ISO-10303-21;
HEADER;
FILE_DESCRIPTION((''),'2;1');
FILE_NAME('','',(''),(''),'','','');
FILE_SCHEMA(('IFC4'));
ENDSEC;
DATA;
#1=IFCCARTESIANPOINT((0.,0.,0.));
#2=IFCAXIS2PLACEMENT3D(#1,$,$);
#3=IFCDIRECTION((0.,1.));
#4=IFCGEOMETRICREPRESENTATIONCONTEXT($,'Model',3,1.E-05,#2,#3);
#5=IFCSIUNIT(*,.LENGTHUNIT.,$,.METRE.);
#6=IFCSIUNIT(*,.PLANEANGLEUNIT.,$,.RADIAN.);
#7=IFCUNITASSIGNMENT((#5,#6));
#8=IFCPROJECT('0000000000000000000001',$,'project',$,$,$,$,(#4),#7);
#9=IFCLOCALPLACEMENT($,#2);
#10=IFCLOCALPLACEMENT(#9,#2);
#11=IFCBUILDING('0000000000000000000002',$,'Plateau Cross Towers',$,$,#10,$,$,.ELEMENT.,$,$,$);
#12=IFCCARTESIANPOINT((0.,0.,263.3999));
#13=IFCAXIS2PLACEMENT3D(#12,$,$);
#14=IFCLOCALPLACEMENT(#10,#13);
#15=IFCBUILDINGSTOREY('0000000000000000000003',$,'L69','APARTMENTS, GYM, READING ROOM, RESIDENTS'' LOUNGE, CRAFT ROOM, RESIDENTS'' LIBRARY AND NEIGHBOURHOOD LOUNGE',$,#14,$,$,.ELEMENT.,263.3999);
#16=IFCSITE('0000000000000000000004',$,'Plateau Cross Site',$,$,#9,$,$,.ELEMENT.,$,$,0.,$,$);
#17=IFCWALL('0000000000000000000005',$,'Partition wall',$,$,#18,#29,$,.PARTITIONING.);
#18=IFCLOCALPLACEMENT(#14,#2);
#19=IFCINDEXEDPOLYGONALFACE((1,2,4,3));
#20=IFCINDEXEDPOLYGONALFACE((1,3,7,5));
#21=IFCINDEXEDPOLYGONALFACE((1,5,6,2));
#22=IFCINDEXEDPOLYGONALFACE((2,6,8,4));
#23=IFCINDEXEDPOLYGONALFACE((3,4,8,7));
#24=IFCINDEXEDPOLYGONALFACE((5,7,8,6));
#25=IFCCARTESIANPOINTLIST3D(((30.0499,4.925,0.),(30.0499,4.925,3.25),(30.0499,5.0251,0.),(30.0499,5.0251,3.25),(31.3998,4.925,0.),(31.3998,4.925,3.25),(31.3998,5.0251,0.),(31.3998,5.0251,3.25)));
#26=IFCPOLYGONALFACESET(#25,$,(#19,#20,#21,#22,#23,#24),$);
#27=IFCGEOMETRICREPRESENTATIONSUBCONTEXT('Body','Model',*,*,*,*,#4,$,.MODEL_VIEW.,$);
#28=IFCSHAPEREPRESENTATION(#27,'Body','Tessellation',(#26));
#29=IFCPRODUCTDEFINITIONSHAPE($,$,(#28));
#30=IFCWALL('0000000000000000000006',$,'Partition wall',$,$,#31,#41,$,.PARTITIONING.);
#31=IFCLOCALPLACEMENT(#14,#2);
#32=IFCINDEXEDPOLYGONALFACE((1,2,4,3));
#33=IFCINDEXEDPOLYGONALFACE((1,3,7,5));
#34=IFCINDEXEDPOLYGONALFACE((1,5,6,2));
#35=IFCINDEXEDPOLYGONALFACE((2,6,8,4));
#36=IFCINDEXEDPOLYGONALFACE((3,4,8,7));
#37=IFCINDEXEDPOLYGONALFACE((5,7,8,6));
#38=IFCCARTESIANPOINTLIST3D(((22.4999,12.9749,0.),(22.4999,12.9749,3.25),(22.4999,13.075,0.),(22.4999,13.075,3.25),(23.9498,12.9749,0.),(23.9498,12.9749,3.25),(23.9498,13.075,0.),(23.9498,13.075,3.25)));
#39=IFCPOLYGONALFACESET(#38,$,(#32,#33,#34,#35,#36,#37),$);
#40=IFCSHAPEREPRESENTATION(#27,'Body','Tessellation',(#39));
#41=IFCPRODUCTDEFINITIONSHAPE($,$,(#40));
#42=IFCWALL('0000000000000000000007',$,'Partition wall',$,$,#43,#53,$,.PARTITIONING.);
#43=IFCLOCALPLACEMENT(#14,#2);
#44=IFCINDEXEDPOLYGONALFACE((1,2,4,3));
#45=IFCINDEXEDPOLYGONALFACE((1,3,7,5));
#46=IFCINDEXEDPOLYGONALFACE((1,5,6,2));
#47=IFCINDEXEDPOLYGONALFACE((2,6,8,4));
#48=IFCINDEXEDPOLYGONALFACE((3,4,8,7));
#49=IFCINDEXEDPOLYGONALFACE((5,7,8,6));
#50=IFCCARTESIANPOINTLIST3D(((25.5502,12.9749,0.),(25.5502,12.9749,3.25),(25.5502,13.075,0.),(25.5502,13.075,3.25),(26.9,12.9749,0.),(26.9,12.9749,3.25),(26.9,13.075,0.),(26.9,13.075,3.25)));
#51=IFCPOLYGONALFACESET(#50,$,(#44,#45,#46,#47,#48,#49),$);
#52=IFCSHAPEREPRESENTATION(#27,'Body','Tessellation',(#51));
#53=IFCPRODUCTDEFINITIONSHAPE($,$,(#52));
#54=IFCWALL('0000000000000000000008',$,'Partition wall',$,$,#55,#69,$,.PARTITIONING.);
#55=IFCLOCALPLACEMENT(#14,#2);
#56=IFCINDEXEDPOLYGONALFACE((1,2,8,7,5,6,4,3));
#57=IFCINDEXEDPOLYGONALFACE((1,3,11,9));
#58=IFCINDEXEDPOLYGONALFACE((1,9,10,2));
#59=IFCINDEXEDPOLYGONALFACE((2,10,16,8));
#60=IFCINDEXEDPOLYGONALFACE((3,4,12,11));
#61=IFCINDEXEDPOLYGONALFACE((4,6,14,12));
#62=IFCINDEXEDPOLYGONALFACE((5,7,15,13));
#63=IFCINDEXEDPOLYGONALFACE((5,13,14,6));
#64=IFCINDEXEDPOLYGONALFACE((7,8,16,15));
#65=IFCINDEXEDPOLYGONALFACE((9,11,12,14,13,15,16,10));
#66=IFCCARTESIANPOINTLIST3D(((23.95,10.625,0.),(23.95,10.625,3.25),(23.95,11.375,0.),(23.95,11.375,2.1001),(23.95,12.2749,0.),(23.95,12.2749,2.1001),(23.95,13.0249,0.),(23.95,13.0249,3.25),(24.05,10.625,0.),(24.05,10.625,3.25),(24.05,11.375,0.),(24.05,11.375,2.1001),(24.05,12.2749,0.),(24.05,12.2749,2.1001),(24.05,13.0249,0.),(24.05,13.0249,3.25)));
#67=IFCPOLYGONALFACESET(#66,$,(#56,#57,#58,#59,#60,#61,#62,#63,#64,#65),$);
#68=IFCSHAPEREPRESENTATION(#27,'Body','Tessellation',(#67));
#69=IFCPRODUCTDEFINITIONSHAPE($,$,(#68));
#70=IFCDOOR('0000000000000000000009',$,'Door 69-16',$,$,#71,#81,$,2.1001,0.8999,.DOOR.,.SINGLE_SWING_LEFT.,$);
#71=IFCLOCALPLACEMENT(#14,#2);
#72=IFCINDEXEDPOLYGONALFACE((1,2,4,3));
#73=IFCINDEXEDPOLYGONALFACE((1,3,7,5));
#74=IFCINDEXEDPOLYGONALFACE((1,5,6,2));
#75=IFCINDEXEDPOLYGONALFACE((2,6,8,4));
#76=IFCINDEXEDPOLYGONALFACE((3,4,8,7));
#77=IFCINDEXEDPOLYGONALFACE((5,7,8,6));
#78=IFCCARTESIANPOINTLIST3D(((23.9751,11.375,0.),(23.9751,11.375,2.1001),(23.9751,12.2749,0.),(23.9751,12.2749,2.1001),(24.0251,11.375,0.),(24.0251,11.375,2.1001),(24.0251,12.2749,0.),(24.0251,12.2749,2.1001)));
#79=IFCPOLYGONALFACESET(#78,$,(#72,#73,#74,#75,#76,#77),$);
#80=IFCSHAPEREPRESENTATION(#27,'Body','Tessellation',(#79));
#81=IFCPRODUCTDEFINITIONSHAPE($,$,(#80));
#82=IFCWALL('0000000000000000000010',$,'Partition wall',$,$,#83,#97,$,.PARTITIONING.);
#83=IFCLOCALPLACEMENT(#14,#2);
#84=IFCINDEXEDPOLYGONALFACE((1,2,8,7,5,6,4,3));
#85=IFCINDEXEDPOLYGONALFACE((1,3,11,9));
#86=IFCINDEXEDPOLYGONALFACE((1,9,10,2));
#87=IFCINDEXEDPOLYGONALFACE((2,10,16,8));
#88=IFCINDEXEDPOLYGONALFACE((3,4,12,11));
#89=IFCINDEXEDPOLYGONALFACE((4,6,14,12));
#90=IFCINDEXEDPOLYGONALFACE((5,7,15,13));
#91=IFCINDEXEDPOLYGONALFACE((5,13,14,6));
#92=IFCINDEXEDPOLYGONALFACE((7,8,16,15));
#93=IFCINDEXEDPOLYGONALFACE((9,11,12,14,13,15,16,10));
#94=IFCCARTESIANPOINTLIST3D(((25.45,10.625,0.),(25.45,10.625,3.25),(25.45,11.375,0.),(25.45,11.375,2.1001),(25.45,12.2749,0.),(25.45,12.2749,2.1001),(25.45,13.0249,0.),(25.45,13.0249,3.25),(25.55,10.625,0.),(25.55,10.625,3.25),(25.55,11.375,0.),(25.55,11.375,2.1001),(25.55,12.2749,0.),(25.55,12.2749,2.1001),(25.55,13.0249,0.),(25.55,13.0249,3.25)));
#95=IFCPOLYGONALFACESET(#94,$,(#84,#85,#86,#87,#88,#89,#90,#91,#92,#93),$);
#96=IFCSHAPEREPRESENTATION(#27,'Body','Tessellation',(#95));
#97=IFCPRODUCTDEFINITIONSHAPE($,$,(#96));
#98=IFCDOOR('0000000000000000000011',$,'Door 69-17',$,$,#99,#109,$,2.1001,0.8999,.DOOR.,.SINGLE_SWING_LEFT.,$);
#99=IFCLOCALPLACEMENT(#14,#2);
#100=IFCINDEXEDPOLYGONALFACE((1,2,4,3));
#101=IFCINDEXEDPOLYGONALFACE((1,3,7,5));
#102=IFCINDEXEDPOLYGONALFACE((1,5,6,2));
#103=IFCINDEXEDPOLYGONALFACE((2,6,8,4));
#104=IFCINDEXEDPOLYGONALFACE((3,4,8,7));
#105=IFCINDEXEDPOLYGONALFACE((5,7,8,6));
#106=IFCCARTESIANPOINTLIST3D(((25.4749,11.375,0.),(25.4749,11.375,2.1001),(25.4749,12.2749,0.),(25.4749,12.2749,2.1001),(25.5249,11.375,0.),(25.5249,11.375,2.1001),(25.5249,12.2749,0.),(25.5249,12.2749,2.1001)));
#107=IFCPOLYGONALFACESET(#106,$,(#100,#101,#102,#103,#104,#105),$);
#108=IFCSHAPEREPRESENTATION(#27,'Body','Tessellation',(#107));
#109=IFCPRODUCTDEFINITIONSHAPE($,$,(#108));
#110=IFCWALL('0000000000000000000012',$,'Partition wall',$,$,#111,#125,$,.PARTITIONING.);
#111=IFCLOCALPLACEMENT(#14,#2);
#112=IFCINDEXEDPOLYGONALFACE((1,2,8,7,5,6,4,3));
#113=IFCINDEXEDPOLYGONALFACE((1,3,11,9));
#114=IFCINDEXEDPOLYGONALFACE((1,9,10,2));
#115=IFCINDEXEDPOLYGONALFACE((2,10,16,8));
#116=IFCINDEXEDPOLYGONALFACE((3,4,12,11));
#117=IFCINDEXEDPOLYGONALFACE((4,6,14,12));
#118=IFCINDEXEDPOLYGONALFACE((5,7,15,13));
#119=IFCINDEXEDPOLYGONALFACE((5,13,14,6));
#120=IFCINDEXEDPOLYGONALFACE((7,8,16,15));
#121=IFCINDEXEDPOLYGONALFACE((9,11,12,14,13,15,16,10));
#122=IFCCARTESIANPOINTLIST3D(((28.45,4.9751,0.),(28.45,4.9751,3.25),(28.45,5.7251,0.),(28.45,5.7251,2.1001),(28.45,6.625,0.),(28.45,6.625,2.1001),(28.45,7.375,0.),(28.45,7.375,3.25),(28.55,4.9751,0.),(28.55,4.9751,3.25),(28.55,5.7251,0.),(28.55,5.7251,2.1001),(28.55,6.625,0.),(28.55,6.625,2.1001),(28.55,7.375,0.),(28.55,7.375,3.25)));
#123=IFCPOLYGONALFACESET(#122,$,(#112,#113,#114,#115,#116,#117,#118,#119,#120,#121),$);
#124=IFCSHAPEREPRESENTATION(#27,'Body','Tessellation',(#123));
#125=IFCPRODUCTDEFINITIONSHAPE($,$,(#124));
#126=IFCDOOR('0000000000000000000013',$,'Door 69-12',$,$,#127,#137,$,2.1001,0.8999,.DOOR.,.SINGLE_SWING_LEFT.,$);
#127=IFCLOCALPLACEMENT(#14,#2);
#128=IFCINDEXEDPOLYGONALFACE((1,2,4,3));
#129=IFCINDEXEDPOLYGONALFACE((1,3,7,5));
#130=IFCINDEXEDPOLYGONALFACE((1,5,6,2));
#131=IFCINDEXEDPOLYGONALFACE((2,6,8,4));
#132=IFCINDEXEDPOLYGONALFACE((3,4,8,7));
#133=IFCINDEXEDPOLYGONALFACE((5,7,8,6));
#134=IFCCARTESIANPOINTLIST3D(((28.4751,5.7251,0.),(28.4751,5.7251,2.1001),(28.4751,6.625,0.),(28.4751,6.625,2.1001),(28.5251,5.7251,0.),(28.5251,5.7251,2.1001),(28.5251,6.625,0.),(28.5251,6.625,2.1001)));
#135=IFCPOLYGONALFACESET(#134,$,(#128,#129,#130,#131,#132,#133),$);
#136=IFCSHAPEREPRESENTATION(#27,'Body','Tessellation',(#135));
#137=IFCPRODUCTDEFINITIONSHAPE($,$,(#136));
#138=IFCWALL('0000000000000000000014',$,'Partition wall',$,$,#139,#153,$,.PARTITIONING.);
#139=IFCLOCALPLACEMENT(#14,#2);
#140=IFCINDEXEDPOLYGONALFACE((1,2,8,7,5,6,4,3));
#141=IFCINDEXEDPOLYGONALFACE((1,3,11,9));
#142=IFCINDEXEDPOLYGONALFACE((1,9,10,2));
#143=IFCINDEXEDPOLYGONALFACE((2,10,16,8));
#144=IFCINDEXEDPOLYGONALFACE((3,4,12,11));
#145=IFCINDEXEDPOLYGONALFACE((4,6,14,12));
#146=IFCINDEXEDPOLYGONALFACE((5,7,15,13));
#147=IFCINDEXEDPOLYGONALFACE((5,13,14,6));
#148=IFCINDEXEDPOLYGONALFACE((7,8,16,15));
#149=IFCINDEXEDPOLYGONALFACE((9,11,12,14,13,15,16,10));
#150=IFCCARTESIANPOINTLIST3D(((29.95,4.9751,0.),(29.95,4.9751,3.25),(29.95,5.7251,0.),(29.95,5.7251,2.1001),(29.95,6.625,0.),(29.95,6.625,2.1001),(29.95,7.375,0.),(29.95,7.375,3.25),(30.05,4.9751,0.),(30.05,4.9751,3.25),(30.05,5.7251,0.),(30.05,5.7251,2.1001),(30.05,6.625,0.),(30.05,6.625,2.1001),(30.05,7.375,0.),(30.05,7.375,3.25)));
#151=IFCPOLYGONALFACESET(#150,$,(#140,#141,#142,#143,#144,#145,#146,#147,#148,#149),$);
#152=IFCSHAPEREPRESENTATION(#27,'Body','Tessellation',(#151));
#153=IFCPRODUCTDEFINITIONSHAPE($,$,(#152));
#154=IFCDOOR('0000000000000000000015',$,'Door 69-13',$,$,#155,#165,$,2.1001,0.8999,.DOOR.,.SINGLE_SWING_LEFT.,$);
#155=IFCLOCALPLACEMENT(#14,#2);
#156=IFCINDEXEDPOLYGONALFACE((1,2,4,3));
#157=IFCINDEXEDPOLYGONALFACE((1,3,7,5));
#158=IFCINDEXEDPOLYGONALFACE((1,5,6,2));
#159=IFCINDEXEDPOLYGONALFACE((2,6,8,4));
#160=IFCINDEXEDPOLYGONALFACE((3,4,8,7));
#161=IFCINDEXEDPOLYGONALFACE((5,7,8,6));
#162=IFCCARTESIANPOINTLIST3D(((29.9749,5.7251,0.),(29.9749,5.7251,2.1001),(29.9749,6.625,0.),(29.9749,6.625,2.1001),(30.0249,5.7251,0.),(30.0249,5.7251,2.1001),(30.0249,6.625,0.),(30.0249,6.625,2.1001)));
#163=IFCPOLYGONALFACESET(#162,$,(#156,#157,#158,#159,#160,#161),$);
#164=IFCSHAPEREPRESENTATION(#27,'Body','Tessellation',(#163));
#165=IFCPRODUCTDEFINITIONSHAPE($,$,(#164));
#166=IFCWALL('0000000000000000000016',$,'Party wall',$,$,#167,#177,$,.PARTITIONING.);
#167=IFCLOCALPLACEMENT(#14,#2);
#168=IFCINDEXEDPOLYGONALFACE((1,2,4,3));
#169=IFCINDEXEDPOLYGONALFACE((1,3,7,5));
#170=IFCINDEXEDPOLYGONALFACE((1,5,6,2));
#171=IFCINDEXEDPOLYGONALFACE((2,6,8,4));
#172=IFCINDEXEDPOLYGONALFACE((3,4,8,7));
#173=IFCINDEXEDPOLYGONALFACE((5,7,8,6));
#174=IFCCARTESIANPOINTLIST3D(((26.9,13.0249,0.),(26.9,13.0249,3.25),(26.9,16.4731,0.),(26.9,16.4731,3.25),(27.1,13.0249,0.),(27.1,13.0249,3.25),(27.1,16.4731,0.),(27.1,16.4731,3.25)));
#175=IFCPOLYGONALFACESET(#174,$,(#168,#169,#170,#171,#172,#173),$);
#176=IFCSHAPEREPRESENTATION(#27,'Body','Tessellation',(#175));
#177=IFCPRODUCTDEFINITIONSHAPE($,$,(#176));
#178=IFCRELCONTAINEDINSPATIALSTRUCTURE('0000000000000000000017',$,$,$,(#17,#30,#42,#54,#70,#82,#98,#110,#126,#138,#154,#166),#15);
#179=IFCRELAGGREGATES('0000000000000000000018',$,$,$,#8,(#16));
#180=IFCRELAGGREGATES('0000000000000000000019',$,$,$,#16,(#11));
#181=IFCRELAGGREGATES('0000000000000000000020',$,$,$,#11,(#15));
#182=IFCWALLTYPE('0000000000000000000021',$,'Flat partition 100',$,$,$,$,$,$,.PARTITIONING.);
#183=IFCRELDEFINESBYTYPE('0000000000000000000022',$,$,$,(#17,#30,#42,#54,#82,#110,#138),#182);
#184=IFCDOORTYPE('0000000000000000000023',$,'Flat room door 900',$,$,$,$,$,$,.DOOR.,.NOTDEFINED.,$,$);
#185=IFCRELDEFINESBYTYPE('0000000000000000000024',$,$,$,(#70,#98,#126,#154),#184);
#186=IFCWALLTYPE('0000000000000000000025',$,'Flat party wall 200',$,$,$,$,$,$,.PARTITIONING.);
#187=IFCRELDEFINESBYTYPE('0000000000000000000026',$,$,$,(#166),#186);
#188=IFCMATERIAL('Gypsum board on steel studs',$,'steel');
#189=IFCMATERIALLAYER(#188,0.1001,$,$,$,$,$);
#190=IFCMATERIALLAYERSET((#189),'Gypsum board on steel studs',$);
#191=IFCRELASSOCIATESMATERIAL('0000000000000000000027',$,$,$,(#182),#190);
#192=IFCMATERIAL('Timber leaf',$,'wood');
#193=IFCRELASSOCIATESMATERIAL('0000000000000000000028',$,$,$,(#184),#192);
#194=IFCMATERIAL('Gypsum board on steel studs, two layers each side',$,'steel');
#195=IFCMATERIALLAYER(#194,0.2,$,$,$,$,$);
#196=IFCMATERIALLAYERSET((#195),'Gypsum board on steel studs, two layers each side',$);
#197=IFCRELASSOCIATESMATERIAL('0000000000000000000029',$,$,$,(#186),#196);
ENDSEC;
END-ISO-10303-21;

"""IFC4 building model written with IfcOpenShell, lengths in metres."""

from ifc_helpers import new_model, si_unit, direction, frame, frame_2d, origin, place, context, subcontext, project, spatial, rectangle, extrude, material, layer, layer_set, type_object, element, fill, save


model = new_model("IFC4")

# Units and contexts
model_context = context("Model", 3, precision=1e-05, world=origin(), true_north=direction((0.0, 1.0)))
body_context = subcontext(model_context, "Body", "Model", "MODEL_VIEW")
ifc_project = project(units=[si_unit("LENGTHUNIT", "METRE"), si_unit("PLANEANGLEUNIT", "RADIAN")], contexts=[model_context])

# Site, building, storey
site_placement = place(None, origin())
site = spatial("IfcSite", under=ifc_project, at=site_placement, Name="Plateau Cross Site", CompositionType="ELEMENT", RefElevation=0.0)
building_placement = place(site_placement, origin())
building = spatial("IfcBuilding", under=site, at=building_placement, Name="Plateau Cross Towers", CompositionType="ELEMENT")
storey_placement = place(building_placement, frame((0.0, 0.0, 263.3999)))
storey = spatial("IfcBuildingStorey", under=building, at=storey_placement, Name="L69", Description="APARTMENTS, GYM, READING ROOM, RESIDENTS' LOUNGE, CRAFT ROOM, RESIDENTS' LIBRARY AND NEIGHBOURHOOD LOUNGE", CompositionType="ELEMENT", Elevation=263.3999)

# Walls
ifc_material_1 = material(Name="Gypsum board on steel studs", Category="steel")
ifc_layer_1 = layer(ifc_material_1, 0.1001)
ifc_layer_set_1 = layer_set([ifc_layer_1], Name="Gypsum board on steel studs")
wall_type_1 = type_object("IfcWallType", Name="Flat partition 100", PredefinedType="PARTITIONING", material=ifc_layer_set_1)
for number, where, z_axis, x_axis, name in (
    (1, (30.05, 4.9751, 0.0), (0.0, 0.0, 1.0), (1.0, 0.0, 0.0), "Partition wall"),
):
    element("IfcWall", number, at=place(storey_placement, frame(where, z_axis=z_axis, x_axis=x_axis)), inside=storey, type_object=wall_type_1, Name=name, PredefinedType="PARTITIONING", context=body_context, shape_type="SweptSolid", body=[
        extrude(rectangle(XDim=1.3499, YDim=0.1001, at=frame_2d((0.6748, 0.0))), origin(), (0.0, 0.0, 1.0), 3.25),
    ])
wall_1_placement = place(storey_placement, frame((23.95, 13.0249, 0.0), z_axis=(0.0, 0.0, 1.0), x_axis=(-1.0, 0.0, 0.0)))
element("IfcWall", 2, at=wall_1_placement, inside=storey, type_object=wall_type_1, Name="Partition wall", PredefinedType="PARTITIONING", context=body_context, shape_type="SweptSolid", body=[
    extrude(rectangle(XDim=1.45, YDim=0.1001, at=frame_2d((0.7251, 0.0))), origin(), (0.0, 0.0, 1.0), 3.25),
])
wall_2_placement = place(storey_placement, frame((26.8999, 13.0249, 0.0), z_axis=(0.0, 0.0, 1.0), x_axis=(-1.0, 0.0, 0.0)))
element("IfcWall", 3, at=wall_2_placement, inside=storey, type_object=wall_type_1, Name="Partition wall", PredefinedType="PARTITIONING", context=body_context, shape_type="SweptSolid", body=[
    extrude(rectangle(XDim=1.3499, YDim=0.1001, at=frame_2d((0.6748, 0.0))), origin(), (0.0, 0.0, 1.0), 3.25),
])

# Walls, openings, doors
wall_3_placement = place(storey_placement, frame((24.0, 10.625, 0.0), z_axis=(0.0, 0.0, 1.0), x_axis=(0.0, 1.0, 0.0)))
wall_3 = element("IfcWall", 4, at=wall_3_placement, inside=storey, type_object=wall_type_1, Name="Partition wall", PredefinedType="PARTITIONING", context=body_context, shape_type="SweptSolid", body=[
    extrude(rectangle(XDim=2.3999, YDim=0.1001, at=frame_2d((1.2, 0.0))), origin(), (0.0, 0.0, 1.0), 3.25),
])
opening_1_placement = place(wall_3_placement, frame((0.75, 0.0, 0.0)))
opening_1 = element("IfcOpeningElement", 5, at=opening_1_placement, cuts=wall_3, PredefinedType="OPENING", context=body_context, shape_type="SweptSolid", body=[
    extrude(rectangle(XDim=0.8999, YDim=2.1001, at=frame_2d((0.45, 1.05))), frame((0.0, 0.0601, 0.0), z_axis=(0.0, -1.0, 0.0), x_axis=(1.0, 0.0, 0.0)), (0.0, 0.0, 1.0), 0.1201),
])
ifc_material_2 = material(Name="Timber leaf", Category="wood")
door_type = type_object("IfcDoorType", Name="Flat room door 900", OperationType="NOTDEFINED", PredefinedType="DOOR", material=ifc_material_2)
door_1_placement = place(opening_1_placement, origin())
door_1 = element("IfcDoor", 6, at=door_1_placement, inside=storey, type_object=door_type, Name="Door 69-16", OperationType="SINGLE_SWING_LEFT", OverallHeight=2.1001, OverallWidth=0.8999, PredefinedType="DOOR", context=body_context, shape_type="SweptSolid", body=[
    extrude(rectangle(XDim=0.8999, YDim=2.1001, at=frame_2d((0.45, 1.05))), frame((0.0, 0.0249, 0.0), z_axis=(0.0, -1.0, 0.0), x_axis=(1.0, 0.0, 0.0)), (0.0, 0.0, 1.0), 0.05),
])
fill(opening_1, door_1)
wall_4_placement = place(storey_placement, frame((25.5, 13.0249, 0.0), z_axis=(0.0, 0.0, 1.0), x_axis=(0.0, -1.0, 0.0)))
wall_4 = element("IfcWall", 7, at=wall_4_placement, inside=storey, type_object=wall_type_1, Name="Partition wall", PredefinedType="PARTITIONING", context=body_context, shape_type="SweptSolid", body=[
    extrude(rectangle(XDim=2.3999, YDim=0.1001, at=frame_2d((1.2, 0.0))), origin(), (0.0, 0.0, 1.0), 3.25),
])
opening_2_placement = place(wall_4_placement, frame((0.75, 0.0, 0.0)))
opening_2 = element("IfcOpeningElement", 8, at=opening_2_placement, cuts=wall_4, PredefinedType="OPENING", context=body_context, shape_type="SweptSolid", body=[
    extrude(rectangle(XDim=0.8999, YDim=2.1001, at=frame_2d((0.45, 1.05))), frame((0.0, 0.0601, 0.0), z_axis=(0.0, -1.0, 0.0), x_axis=(1.0, 0.0, 0.0)), (0.0, 0.0, 1.0), 0.1201),
])
door_2_placement = place(opening_2_placement, origin())
door_2 = element("IfcDoor", 9, at=door_2_placement, inside=storey, type_object=door_type, Name="Door 69-17", OperationType="SINGLE_SWING_LEFT", OverallHeight=2.1001, OverallWidth=0.8999, PredefinedType="DOOR", context=body_context, shape_type="SweptSolid", body=[
    extrude(rectangle(XDim=0.8999, YDim=2.1001, at=frame_2d((0.45, 1.05))), frame((0.0, 0.0249, 0.0), z_axis=(0.0, -1.0, 0.0), x_axis=(1.0, 0.0, 0.0)), (0.0, 0.0, 1.0), 0.05),
])
fill(opening_2, door_2)
wall_5_placement = place(storey_placement, frame((28.5, 4.9751, 0.0), z_axis=(0.0, 0.0, 1.0), x_axis=(0.0, 1.0, 0.0)))
wall_5 = element("IfcWall", 10, at=wall_5_placement, inside=storey, type_object=wall_type_1, Name="Partition wall", PredefinedType="PARTITIONING", context=body_context, shape_type="SweptSolid", body=[
    extrude(rectangle(XDim=2.3999, YDim=0.1001, at=frame_2d((1.2, 0.0))), origin(), (0.0, 0.0, 1.0), 3.25),
])
opening_3_placement = place(wall_5_placement, frame((0.75, 0.0, 0.0)))
opening_3 = element("IfcOpeningElement", 11, at=opening_3_placement, cuts=wall_5, PredefinedType="OPENING", context=body_context, shape_type="SweptSolid", body=[
    extrude(rectangle(XDim=0.8999, YDim=2.1001, at=frame_2d((0.45, 1.05))), frame((0.0, 0.0601, 0.0), z_axis=(0.0, -1.0, 0.0), x_axis=(1.0, 0.0, 0.0)), (0.0, 0.0, 1.0), 0.1201),
])
door_3_placement = place(opening_3_placement, origin())
door_3 = element("IfcDoor", 12, at=door_3_placement, inside=storey, type_object=door_type, Name="Door 69-12", OperationType="SINGLE_SWING_LEFT", OverallHeight=2.1001, OverallWidth=0.8999, PredefinedType="DOOR", context=body_context, shape_type="SweptSolid", body=[
    extrude(rectangle(XDim=0.8999, YDim=2.1001, at=frame_2d((0.45, 1.05))), frame((0.0, 0.0249, 0.0), z_axis=(0.0, -1.0, 0.0), x_axis=(1.0, 0.0, 0.0)), (0.0, 0.0, 1.0), 0.05),
])
fill(opening_3, door_3)
wall_6_placement = place(storey_placement, frame((30.0, 7.375, 0.0), z_axis=(0.0, 0.0, 1.0), x_axis=(0.0, -1.0, 0.0)))
wall_6 = element("IfcWall", 13, at=wall_6_placement, inside=storey, type_object=wall_type_1, Name="Partition wall", PredefinedType="PARTITIONING", context=body_context, shape_type="SweptSolid", body=[
    extrude(rectangle(XDim=2.3999, YDim=0.1001, at=frame_2d((1.2, 0.0))), origin(), (0.0, 0.0, 1.0), 3.25),
])
opening_4_placement = place(wall_6_placement, frame((0.75, 0.0, 0.0)))
opening_4 = element("IfcOpeningElement", 14, at=opening_4_placement, cuts=wall_6, PredefinedType="OPENING", context=body_context, shape_type="SweptSolid", body=[
    extrude(rectangle(XDim=0.8999, YDim=2.1001, at=frame_2d((0.45, 1.05))), frame((0.0, 0.0601, 0.0), z_axis=(0.0, -1.0, 0.0), x_axis=(1.0, 0.0, 0.0)), (0.0, 0.0, 1.0), 0.1201),
])
door_4_placement = place(opening_4_placement, origin())
door_4 = element("IfcDoor", 15, at=door_4_placement, inside=storey, type_object=door_type, Name="Door 69-13", OperationType="SINGLE_SWING_LEFT", OverallHeight=2.1001, OverallWidth=0.8999, PredefinedType="DOOR", context=body_context, shape_type="SweptSolid", body=[
    extrude(rectangle(XDim=0.8999, YDim=2.1001, at=frame_2d((0.45, 1.05))), frame((0.0, 0.0249, 0.0), z_axis=(0.0, -1.0, 0.0), x_axis=(1.0, 0.0, 0.0)), (0.0, 0.0, 1.0), 0.05),
])
fill(opening_4, door_4)

# Wall
ifc_material_3 = material(Name="Gypsum board on steel studs, two layers each side", Category="steel")
ifc_layer_2 = layer(ifc_material_3, 0.2)
ifc_layer_set_2 = layer_set([ifc_layer_2], Name="Gypsum board on steel studs, two layers each side")
wall_type_2 = type_object("IfcWallType", Name="Flat party wall 200", PredefinedType="PARTITIONING", material=ifc_layer_set_2)
wall_7_placement = place(storey_placement, frame((27.0, 16.4731, 0.0), z_axis=(0.0, 0.0, 1.0), x_axis=(0.0, -1.0, 0.0)))
element("IfcWall", 16, at=wall_7_placement, inside=storey, type_object=wall_type_2, Name="Party wall", PredefinedType="PARTITIONING", context=body_context, shape_type="SweptSolid", body=[
    extrude(rectangle(XDim=3.4482, YDim=0.2, at=frame_2d((1.7241, 0.0))), origin(), (0.0, 0.0, 1.0), 3.25),
])

save(model, "model.ifc")
